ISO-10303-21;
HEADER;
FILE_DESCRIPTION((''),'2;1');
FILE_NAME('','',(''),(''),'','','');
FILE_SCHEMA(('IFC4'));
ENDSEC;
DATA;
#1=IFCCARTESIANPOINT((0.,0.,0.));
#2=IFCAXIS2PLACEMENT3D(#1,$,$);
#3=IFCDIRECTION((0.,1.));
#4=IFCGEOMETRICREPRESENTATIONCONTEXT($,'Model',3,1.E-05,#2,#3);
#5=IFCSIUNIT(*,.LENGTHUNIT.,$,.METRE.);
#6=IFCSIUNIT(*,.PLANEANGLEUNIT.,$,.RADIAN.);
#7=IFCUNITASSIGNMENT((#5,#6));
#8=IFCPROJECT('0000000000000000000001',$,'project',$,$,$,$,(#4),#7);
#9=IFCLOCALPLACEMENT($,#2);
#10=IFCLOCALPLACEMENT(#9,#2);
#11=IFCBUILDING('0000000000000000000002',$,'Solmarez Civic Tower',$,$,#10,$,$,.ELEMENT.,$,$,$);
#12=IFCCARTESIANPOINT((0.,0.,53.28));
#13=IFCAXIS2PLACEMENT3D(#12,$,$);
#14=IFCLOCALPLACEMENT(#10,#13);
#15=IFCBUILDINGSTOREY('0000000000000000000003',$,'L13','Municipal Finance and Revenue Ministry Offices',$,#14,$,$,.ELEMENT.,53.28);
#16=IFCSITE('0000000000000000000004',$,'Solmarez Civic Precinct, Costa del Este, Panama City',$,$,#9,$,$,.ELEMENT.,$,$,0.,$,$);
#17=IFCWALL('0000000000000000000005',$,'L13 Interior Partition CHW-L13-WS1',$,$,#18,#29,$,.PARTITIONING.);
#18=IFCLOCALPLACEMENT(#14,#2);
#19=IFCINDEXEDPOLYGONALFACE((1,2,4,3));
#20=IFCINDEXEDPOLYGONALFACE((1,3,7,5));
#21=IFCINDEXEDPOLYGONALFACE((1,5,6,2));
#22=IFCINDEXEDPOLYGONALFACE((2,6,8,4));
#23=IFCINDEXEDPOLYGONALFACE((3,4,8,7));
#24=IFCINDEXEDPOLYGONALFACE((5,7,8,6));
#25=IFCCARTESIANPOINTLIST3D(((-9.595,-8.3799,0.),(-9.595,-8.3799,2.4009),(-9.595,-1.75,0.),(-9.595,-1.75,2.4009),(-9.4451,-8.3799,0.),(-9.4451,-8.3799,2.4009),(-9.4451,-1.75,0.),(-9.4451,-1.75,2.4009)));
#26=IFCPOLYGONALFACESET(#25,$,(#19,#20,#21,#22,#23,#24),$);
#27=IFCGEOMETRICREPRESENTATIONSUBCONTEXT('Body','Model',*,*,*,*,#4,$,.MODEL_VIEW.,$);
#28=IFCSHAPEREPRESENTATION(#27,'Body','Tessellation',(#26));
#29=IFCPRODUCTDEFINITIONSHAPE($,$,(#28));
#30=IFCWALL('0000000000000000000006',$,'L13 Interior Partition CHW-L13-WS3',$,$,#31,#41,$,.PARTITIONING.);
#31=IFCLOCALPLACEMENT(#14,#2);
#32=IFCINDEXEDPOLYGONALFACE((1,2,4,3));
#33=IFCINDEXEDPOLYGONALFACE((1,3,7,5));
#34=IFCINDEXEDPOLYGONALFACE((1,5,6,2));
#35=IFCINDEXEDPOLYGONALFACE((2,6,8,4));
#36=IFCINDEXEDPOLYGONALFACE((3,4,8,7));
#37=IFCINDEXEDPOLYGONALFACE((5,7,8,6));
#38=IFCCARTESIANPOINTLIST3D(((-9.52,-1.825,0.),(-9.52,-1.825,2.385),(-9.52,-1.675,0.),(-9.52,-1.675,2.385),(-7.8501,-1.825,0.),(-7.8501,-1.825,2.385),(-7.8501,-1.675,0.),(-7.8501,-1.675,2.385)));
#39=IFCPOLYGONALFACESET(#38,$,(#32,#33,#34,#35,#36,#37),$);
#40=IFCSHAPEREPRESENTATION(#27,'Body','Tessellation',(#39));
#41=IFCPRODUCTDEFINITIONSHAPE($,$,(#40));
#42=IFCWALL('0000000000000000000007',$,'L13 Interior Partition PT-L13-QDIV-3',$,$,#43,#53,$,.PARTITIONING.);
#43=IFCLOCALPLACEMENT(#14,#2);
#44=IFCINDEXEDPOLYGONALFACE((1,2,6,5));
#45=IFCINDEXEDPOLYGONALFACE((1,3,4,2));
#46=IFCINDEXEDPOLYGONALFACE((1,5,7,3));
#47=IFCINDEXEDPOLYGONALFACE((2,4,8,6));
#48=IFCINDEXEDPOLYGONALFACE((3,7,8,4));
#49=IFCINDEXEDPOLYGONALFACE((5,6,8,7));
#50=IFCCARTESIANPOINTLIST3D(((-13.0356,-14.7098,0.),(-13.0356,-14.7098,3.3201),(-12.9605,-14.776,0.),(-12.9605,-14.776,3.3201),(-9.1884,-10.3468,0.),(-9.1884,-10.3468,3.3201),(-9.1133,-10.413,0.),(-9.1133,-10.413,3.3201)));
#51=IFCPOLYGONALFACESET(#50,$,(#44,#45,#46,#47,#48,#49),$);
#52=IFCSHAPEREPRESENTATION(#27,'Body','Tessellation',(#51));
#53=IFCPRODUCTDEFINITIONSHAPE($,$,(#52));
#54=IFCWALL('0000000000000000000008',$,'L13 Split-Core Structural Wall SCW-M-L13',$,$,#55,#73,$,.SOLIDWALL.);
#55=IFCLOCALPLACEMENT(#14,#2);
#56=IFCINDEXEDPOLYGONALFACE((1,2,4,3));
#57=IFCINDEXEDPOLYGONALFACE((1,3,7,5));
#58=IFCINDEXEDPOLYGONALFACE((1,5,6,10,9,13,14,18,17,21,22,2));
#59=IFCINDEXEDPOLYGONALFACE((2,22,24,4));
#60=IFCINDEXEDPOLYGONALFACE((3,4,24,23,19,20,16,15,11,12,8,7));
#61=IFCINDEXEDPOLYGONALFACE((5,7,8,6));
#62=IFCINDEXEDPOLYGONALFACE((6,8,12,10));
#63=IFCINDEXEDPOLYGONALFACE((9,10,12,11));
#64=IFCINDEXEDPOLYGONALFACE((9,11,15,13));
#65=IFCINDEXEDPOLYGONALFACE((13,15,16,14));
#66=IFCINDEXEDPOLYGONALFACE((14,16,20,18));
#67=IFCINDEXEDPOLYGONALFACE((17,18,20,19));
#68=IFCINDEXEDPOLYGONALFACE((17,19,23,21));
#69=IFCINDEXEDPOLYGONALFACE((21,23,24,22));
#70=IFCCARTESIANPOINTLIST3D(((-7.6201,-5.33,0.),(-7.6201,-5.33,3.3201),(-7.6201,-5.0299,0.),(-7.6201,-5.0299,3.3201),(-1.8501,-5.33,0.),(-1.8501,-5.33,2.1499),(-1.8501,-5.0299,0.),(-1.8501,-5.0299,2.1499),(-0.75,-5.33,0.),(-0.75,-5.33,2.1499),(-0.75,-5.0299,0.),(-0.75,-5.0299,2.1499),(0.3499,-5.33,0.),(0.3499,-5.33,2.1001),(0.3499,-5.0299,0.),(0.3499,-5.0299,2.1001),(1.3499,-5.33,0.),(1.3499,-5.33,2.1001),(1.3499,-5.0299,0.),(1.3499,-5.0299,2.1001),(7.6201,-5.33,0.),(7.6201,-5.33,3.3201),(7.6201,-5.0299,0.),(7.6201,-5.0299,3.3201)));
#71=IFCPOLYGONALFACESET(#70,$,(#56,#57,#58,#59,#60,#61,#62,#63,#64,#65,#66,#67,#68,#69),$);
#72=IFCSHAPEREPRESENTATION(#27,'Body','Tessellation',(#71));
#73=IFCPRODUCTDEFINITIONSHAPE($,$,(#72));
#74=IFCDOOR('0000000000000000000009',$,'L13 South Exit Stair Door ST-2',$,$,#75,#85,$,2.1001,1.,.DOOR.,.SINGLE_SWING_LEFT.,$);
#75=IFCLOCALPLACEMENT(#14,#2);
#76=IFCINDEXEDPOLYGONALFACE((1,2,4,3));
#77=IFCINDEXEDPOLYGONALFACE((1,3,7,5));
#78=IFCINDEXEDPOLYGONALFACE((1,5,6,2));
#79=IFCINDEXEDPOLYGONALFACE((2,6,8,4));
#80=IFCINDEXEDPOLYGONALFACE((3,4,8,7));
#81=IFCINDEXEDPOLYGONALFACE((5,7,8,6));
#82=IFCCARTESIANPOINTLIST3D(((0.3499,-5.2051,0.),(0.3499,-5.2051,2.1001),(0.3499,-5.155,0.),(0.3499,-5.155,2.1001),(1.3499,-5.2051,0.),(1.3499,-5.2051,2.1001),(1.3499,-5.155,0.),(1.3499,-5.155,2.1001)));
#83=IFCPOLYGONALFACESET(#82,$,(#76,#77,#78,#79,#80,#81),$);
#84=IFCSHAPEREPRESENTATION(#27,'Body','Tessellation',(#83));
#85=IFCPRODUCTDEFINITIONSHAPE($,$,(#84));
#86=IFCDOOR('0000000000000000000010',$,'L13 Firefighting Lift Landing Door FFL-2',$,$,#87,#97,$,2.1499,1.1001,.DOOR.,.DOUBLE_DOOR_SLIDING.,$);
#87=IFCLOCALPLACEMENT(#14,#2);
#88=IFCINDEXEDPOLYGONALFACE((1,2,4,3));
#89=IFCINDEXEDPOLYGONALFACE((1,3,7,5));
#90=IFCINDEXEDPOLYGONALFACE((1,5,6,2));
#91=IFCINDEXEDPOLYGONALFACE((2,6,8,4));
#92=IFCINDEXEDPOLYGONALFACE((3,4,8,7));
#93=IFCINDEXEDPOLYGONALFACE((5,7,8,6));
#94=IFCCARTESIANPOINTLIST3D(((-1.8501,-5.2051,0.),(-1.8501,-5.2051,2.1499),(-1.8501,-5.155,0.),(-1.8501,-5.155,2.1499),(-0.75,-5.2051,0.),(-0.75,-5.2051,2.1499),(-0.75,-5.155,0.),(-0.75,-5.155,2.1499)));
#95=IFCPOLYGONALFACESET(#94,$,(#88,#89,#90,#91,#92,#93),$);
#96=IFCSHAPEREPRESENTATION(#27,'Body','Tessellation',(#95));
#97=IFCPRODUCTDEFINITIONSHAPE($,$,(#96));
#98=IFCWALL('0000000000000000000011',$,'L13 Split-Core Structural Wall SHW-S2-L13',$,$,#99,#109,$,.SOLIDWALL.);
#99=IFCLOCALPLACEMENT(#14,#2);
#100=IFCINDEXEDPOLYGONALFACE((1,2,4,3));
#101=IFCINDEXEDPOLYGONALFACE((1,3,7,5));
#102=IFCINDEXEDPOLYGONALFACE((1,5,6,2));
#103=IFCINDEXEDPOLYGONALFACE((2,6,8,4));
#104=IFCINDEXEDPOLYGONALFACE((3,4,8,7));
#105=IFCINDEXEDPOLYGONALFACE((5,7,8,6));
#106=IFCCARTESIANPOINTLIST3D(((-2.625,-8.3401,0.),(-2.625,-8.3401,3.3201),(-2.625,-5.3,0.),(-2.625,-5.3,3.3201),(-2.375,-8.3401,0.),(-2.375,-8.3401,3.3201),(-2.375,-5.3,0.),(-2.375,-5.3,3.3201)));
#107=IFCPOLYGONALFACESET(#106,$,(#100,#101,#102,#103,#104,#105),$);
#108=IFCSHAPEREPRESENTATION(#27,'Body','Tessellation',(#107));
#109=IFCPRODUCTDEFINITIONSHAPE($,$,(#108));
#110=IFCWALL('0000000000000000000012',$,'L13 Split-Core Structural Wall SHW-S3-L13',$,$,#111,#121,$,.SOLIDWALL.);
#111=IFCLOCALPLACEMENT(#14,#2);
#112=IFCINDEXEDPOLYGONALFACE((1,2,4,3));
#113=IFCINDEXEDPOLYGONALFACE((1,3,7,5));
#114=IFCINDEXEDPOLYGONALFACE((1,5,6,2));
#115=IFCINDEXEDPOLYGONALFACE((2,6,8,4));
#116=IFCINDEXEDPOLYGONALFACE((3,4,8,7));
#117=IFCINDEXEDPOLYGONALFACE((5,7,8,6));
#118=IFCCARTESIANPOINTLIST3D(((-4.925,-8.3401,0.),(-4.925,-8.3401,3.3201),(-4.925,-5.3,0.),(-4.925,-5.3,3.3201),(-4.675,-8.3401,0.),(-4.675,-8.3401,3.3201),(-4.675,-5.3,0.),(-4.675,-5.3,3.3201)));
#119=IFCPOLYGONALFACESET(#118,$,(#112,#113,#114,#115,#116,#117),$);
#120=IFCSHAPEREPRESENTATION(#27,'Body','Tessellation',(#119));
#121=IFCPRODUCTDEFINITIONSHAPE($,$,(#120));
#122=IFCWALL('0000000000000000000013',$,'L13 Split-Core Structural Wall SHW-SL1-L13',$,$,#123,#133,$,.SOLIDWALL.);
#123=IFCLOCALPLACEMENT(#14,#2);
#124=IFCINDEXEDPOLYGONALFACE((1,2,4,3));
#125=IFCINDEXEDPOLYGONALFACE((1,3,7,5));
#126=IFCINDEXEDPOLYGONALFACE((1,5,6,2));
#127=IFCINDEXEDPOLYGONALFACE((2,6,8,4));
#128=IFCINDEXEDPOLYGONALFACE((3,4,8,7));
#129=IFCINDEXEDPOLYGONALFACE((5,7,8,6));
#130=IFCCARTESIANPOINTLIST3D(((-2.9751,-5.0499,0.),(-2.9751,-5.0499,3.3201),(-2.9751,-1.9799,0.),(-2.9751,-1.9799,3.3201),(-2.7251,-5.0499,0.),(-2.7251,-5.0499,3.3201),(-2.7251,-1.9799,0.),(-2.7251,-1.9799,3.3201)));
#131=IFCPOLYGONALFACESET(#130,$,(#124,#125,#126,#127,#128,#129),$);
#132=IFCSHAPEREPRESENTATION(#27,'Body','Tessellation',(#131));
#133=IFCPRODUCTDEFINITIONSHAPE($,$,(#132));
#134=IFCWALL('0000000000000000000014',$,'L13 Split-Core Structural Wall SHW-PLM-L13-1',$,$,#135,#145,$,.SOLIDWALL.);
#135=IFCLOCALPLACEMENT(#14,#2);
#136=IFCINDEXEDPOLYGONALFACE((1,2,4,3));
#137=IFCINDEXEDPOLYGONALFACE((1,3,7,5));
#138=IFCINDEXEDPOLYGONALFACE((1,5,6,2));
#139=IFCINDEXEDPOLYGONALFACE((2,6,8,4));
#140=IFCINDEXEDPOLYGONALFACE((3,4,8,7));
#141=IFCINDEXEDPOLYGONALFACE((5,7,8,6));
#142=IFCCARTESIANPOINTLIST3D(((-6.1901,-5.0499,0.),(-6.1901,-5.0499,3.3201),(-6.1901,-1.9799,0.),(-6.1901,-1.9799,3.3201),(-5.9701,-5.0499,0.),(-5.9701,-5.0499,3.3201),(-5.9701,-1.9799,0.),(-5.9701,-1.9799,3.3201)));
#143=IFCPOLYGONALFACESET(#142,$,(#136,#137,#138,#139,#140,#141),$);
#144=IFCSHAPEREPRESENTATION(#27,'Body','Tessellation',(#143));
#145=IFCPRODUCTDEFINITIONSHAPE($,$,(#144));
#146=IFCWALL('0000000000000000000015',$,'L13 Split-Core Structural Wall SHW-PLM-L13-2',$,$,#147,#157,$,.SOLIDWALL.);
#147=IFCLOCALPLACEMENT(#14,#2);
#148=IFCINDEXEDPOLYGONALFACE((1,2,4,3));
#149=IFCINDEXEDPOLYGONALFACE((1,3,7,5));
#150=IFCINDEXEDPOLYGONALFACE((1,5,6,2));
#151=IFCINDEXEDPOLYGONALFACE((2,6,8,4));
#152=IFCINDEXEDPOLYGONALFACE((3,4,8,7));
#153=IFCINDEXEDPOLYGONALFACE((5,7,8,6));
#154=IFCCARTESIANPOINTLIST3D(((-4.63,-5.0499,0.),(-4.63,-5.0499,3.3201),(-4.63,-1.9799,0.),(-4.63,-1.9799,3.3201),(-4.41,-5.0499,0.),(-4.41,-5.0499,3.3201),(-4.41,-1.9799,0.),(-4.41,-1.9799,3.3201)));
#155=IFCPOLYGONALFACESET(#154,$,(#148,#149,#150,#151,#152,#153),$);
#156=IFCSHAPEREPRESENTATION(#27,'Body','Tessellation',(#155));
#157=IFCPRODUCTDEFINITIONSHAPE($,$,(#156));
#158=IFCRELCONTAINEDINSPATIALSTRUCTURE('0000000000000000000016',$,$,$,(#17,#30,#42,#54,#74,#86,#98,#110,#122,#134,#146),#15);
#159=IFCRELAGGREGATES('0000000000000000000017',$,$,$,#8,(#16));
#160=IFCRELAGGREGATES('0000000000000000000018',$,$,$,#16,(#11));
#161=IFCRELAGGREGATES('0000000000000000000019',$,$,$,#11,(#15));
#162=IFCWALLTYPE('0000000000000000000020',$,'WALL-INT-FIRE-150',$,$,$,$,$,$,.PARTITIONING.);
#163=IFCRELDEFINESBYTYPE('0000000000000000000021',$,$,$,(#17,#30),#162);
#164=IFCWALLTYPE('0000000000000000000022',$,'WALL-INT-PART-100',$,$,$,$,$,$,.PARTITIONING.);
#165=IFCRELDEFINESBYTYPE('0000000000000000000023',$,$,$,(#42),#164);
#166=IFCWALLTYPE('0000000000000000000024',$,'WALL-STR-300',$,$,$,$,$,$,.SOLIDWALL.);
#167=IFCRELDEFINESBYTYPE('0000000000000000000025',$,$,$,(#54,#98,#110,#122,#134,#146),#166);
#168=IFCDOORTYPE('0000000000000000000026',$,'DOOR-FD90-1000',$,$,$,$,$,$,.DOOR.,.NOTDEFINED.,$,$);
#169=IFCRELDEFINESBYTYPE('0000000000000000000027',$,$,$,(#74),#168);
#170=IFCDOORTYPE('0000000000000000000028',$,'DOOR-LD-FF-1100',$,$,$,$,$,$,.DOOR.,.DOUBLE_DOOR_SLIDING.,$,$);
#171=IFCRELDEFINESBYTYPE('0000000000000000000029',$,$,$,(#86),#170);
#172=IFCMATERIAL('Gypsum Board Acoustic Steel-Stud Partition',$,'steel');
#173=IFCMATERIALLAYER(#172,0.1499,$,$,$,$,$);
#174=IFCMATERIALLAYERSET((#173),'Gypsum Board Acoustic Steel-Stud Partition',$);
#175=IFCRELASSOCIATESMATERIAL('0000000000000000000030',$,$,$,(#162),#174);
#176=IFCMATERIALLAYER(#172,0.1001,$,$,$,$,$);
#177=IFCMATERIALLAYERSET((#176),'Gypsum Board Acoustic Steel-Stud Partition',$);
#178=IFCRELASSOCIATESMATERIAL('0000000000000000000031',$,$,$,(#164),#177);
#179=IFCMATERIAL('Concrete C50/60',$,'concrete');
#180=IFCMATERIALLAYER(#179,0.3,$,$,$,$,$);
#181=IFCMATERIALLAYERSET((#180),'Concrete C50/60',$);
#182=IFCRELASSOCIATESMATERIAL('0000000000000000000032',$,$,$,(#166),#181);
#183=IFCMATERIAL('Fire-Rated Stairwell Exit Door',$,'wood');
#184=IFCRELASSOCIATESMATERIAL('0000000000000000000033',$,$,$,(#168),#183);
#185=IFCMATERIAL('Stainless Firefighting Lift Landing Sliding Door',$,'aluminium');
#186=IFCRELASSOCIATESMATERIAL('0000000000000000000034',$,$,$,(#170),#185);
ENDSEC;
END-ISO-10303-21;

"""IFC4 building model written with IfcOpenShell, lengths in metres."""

from ifc_helpers import new_model, si_unit, direction, frame, frame_2d, origin, place, context, subcontext, project, spatial, rectangle, extrude, material, layer, layer_set, type_object, element, fill, save


model = new_model("IFC4")

# Units and contexts
model_context = context("Model", 3, precision=1e-05, world=origin(), true_north=direction((0.0, 1.0)))
body_context = subcontext(model_context, "Body", "Model", "MODEL_VIEW")
ifc_project = project(units=[si_unit("LENGTHUNIT", "METRE"), si_unit("PLANEANGLEUNIT", "RADIAN")], contexts=[model_context])

# Site, building, storey
site_placement = place(None, origin())
site = spatial("IfcSite", under=ifc_project, at=site_placement, Name="Solmarez Civic Precinct, Costa del Este, Panama City", CompositionType="ELEMENT", RefElevation=0.0)
building_placement = place(site_placement, origin())
building = spatial("IfcBuilding", under=site, at=building_placement, Name="Solmarez Civic Tower", CompositionType="ELEMENT")
storey_placement = place(building_placement, frame((0.0, 0.0, 53.28)))
storey = spatial("IfcBuildingStorey", under=building, at=storey_placement, Name="L13", Description="Municipal Finance and Revenue Ministry Offices", CompositionType="ELEMENT", Elevation=53.28)

# Walls
ifc_material_1 = material(Name="Gypsum Board Acoustic Steel-Stud Partition", Category="steel")
ifc_layer_1 = layer(ifc_material_1, 0.1499)
ifc_layer_set_1 = layer_set([ifc_layer_1], Name="Gypsum Board Acoustic Steel-Stud Partition")
wall_type_1 = type_object("IfcWallType", Name="WALL-INT-FIRE-150", PredefinedType="PARTITIONING", material=ifc_layer_set_1)
wall_1_placement = place(storey_placement, frame((-9.52, -8.3799, 0.0), z_axis=(0.0, 0.0, 1.0), x_axis=(0.0, 1.0, 0.0)))
element("IfcWall", 1, at=wall_1_placement, inside=storey, type_object=wall_type_1, Name="L13 Interior Partition CHW-L13-WS1", PredefinedType="PARTITIONING", context=body_context, shape_type="SweptSolid", body=[
    extrude(rectangle(XDim=6.6299, YDim=0.1499, at=frame_2d((3.3149, 0.0))), origin(), (0.0, 0.0, 1.0), 2.4009),
])
wall_2_placement = place(storey_placement, frame((-7.8501, -1.75, 0.0), z_axis=(0.0, 0.0, 1.0), x_axis=(-1.0, 0.0, 0.0)))
element("IfcWall", 2, at=wall_2_placement, inside=storey, type_object=wall_type_1, Name="L13 Interior Partition CHW-L13-WS3", PredefinedType="PARTITIONING", context=body_context, shape_type="SweptSolid", body=[
    extrude(rectangle(XDim=1.6699, YDim=0.1499, at=frame_2d((0.835, 0.0))), origin(), (0.0, 0.0, 1.0), 2.385),
])
ifc_layer_2 = layer(ifc_material_1, 0.1001)
ifc_layer_set_2 = layer_set([ifc_layer_2], Name="Gypsum Board Acoustic Steel-Stud Partition")
wall_type_2 = type_object("IfcWallType", Name="WALL-INT-PART-100", PredefinedType="PARTITIONING", material=ifc_layer_set_2)
wall_3_placement = place(storey_placement, frame((-9.1509, -10.3799, 0.0), z_axis=(0.0, 0.0, 1.0), x_axis=(-0.661373, -0.750057, 0.0)))
element("IfcWall", 3, at=wall_3_placement, inside=storey, type_object=wall_type_2, Name="L13 Interior Partition PT-L13-QDIV-3", PredefinedType="PARTITIONING", context=body_context, shape_type="SweptSolid", body=[
    extrude(rectangle(XDim=5.8169, YDim=0.1001, at=frame_2d((2.9084, 0.0))), origin(), (0.0, 0.0, 1.0), 3.3201),
])

# Wall, openings, doors
ifc_material_2 = material(Name="Concrete C50/60", Category="concrete")
ifc_layer_3 = layer(ifc_material_2, 0.3)
ifc_layer_set_3 = layer_set([ifc_layer_3], Name="Concrete C50/60")
wall_type_3 = type_object("IfcWallType", Name="WALL-STR-300", PredefinedType="SOLIDWALL", material=ifc_layer_set_3)
wall_4_placement = place(storey_placement, frame((-7.6201, -5.1799, 0.0), z_axis=(0.0, 0.0, 1.0), x_axis=(1.0, 0.0, 0.0)))
wall_4 = element("IfcWall", 4, at=wall_4_placement, inside=storey, type_object=wall_type_3, Name="L13 Split-Core Structural Wall SCW-M-L13", PredefinedType="SOLIDWALL", context=body_context, shape_type="SweptSolid", body=[
    extrude(rectangle(XDim=15.2402, YDim=0.3, at=frame_2d((7.6201, 0.0))), origin(), (0.0, 0.0, 1.0), 3.3201),
])
opening_1_placement = place(wall_4_placement, frame((5.77, 0.0, 0.0)))
opening_1 = element("IfcOpeningElement", 5, at=opening_1_placement, cuts=wall_4, PredefinedType="OPENING", context=body_context, shape_type="SweptSolid", body=[
    extrude(rectangle(XDim=1.1001, YDim=2.1499, at=frame_2d((0.55, 1.075))), frame((0.0, 0.1599, 0.0), z_axis=(0.0, -1.0, 0.0), x_axis=(1.0, 0.0, 0.0)), (0.0, 0.0, 1.0), 0.3201),
])
opening_2_placement = place(wall_4_placement, frame((7.97, 0.0, 0.0)))
opening_2 = element("IfcOpeningElement", 6, at=opening_2_placement, cuts=wall_4, PredefinedType="OPENING", context=body_context, shape_type="SweptSolid", body=[
    extrude(rectangle(XDim=1.0, YDim=2.1001, at=frame_2d((0.5, 1.05))), frame((0.0, 0.1599, 0.0), z_axis=(0.0, -1.0, 0.0), x_axis=(1.0, 0.0, 0.0)), (0.0, 0.0, 1.0), 0.3201),
])
ifc_material_3 = material(Name="Fire-Rated Stairwell Exit Door", Category="wood")
door_type_1 = type_object("IfcDoorType", Name="DOOR-FD90-1000", OperationType="NOTDEFINED", PredefinedType="DOOR", material=ifc_material_3)
door_1_placement = place(opening_2_placement, origin())
door_1 = element("IfcDoor", 7, at=door_1_placement, inside=storey, type_object=door_type_1, Name="L13 South Exit Stair Door ST-2", OperationType="SINGLE_SWING_LEFT", OverallHeight=2.1001, OverallWidth=1.0, PredefinedType="DOOR", context=body_context, shape_type="SweptSolid", body=[
    extrude(rectangle(XDim=1.0, YDim=2.1001, at=frame_2d((0.5, 1.05))), frame((0.0, 0.0249, 0.0), z_axis=(0.0, -1.0, 0.0), x_axis=(1.0, 0.0, 0.0)), (0.0, 0.0, 1.0), 0.05),
])
fill(opening_2, door_1)
ifc_material_4 = material(Name="Stainless Firefighting Lift Landing Sliding Door", Category="aluminium")
door_type_2 = type_object("IfcDoorType", Name="DOOR-LD-FF-1100", OperationType="DOUBLE_DOOR_SLIDING", PredefinedType="DOOR", material=ifc_material_4)
door_2_placement = place(opening_1_placement, origin())
door_2 = element("IfcDoor", 8, at=door_2_placement, inside=storey, type_object=door_type_2, Name="L13 Firefighting Lift Landing Door FFL-2", OperationType="DOUBLE_DOOR_SLIDING", OverallHeight=2.1499, OverallWidth=1.1001, PredefinedType="DOOR", context=body_context, shape_type="SweptSolid", body=[
    extrude(rectangle(XDim=1.1001, YDim=2.1499, at=frame_2d((0.55, 1.075))), frame((0.0, 0.0249, 0.0), z_axis=(0.0, -1.0, 0.0), x_axis=(1.0, 0.0, 0.0)), (0.0, 0.0, 1.0), 0.05),
])
fill(opening_1, door_2)

# Walls
for number, where, z_axis, x_axis, name in (
    (9, (-2.5, -8.3401, 0.0), (0.0, 0.0, 1.0), (0.0, 1.0, 0.0), "L13 Split-Core Structural Wall SHW-S2-L13"),
    (10, (-4.8, -8.3401, 0.0), (0.0, 0.0, 1.0), (0.0, 1.0, 0.0), "L13 Split-Core Structural Wall SHW-S3-L13"),
):
    element("IfcWall", number, at=place(storey_placement, frame(where, z_axis=z_axis, x_axis=x_axis)), inside=storey, type_object=wall_type_3, Name=name, PredefinedType="SOLIDWALL", context=body_context, shape_type="SweptSolid", body=[
        extrude(rectangle(XDim=3.04, YDim=0.25, at=frame_2d((1.52, 0.0))), origin(), (0.0, 0.0, 1.0), 3.3201),
    ])
wall_5_placement = place(storey_placement, frame((-2.8501, -5.05, 0.0), z_axis=(0.0, 0.0, 1.0), x_axis=(0.0, 1.0, 0.0)))
element("IfcWall", 11, at=wall_5_placement, inside=storey, type_object=wall_type_3, Name="L13 Split-Core Structural Wall SHW-SL1-L13", PredefinedType="SOLIDWALL", context=body_context, shape_type="SweptSolid", body=[
    extrude(rectangle(XDim=3.0701, YDim=0.25, at=frame_2d((1.5352, 0.0))), origin(), (0.0, 0.0, 1.0), 3.3201),
])
for number, where, z_axis, x_axis, name in (
    (12, (-6.0801, -5.05, 0.0), (0.0, 0.0, 1.0), (0.0, 1.0, 0.0), "L13 Split-Core Structural Wall SHW-PLM-L13-1"),
    (13, (-4.52, -5.05, 0.0), (0.0, 0.0, 1.0), (0.0, 1.0, 0.0), "L13 Split-Core Structural Wall SHW-PLM-L13-2"),
):
    element("IfcWall", number, at=place(storey_placement, frame(where, z_axis=z_axis, x_axis=x_axis)), inside=storey, type_object=wall_type_3, Name=name, PredefinedType="SOLIDWALL", context=body_context, shape_type="SweptSolid", body=[
        extrude(rectangle(XDim=3.0701, YDim=0.22, at=frame_2d((1.5352, 0.0))), origin(), (0.0, 0.0, 1.0), 3.3201),
    ])

save(model, "model.ifc")
